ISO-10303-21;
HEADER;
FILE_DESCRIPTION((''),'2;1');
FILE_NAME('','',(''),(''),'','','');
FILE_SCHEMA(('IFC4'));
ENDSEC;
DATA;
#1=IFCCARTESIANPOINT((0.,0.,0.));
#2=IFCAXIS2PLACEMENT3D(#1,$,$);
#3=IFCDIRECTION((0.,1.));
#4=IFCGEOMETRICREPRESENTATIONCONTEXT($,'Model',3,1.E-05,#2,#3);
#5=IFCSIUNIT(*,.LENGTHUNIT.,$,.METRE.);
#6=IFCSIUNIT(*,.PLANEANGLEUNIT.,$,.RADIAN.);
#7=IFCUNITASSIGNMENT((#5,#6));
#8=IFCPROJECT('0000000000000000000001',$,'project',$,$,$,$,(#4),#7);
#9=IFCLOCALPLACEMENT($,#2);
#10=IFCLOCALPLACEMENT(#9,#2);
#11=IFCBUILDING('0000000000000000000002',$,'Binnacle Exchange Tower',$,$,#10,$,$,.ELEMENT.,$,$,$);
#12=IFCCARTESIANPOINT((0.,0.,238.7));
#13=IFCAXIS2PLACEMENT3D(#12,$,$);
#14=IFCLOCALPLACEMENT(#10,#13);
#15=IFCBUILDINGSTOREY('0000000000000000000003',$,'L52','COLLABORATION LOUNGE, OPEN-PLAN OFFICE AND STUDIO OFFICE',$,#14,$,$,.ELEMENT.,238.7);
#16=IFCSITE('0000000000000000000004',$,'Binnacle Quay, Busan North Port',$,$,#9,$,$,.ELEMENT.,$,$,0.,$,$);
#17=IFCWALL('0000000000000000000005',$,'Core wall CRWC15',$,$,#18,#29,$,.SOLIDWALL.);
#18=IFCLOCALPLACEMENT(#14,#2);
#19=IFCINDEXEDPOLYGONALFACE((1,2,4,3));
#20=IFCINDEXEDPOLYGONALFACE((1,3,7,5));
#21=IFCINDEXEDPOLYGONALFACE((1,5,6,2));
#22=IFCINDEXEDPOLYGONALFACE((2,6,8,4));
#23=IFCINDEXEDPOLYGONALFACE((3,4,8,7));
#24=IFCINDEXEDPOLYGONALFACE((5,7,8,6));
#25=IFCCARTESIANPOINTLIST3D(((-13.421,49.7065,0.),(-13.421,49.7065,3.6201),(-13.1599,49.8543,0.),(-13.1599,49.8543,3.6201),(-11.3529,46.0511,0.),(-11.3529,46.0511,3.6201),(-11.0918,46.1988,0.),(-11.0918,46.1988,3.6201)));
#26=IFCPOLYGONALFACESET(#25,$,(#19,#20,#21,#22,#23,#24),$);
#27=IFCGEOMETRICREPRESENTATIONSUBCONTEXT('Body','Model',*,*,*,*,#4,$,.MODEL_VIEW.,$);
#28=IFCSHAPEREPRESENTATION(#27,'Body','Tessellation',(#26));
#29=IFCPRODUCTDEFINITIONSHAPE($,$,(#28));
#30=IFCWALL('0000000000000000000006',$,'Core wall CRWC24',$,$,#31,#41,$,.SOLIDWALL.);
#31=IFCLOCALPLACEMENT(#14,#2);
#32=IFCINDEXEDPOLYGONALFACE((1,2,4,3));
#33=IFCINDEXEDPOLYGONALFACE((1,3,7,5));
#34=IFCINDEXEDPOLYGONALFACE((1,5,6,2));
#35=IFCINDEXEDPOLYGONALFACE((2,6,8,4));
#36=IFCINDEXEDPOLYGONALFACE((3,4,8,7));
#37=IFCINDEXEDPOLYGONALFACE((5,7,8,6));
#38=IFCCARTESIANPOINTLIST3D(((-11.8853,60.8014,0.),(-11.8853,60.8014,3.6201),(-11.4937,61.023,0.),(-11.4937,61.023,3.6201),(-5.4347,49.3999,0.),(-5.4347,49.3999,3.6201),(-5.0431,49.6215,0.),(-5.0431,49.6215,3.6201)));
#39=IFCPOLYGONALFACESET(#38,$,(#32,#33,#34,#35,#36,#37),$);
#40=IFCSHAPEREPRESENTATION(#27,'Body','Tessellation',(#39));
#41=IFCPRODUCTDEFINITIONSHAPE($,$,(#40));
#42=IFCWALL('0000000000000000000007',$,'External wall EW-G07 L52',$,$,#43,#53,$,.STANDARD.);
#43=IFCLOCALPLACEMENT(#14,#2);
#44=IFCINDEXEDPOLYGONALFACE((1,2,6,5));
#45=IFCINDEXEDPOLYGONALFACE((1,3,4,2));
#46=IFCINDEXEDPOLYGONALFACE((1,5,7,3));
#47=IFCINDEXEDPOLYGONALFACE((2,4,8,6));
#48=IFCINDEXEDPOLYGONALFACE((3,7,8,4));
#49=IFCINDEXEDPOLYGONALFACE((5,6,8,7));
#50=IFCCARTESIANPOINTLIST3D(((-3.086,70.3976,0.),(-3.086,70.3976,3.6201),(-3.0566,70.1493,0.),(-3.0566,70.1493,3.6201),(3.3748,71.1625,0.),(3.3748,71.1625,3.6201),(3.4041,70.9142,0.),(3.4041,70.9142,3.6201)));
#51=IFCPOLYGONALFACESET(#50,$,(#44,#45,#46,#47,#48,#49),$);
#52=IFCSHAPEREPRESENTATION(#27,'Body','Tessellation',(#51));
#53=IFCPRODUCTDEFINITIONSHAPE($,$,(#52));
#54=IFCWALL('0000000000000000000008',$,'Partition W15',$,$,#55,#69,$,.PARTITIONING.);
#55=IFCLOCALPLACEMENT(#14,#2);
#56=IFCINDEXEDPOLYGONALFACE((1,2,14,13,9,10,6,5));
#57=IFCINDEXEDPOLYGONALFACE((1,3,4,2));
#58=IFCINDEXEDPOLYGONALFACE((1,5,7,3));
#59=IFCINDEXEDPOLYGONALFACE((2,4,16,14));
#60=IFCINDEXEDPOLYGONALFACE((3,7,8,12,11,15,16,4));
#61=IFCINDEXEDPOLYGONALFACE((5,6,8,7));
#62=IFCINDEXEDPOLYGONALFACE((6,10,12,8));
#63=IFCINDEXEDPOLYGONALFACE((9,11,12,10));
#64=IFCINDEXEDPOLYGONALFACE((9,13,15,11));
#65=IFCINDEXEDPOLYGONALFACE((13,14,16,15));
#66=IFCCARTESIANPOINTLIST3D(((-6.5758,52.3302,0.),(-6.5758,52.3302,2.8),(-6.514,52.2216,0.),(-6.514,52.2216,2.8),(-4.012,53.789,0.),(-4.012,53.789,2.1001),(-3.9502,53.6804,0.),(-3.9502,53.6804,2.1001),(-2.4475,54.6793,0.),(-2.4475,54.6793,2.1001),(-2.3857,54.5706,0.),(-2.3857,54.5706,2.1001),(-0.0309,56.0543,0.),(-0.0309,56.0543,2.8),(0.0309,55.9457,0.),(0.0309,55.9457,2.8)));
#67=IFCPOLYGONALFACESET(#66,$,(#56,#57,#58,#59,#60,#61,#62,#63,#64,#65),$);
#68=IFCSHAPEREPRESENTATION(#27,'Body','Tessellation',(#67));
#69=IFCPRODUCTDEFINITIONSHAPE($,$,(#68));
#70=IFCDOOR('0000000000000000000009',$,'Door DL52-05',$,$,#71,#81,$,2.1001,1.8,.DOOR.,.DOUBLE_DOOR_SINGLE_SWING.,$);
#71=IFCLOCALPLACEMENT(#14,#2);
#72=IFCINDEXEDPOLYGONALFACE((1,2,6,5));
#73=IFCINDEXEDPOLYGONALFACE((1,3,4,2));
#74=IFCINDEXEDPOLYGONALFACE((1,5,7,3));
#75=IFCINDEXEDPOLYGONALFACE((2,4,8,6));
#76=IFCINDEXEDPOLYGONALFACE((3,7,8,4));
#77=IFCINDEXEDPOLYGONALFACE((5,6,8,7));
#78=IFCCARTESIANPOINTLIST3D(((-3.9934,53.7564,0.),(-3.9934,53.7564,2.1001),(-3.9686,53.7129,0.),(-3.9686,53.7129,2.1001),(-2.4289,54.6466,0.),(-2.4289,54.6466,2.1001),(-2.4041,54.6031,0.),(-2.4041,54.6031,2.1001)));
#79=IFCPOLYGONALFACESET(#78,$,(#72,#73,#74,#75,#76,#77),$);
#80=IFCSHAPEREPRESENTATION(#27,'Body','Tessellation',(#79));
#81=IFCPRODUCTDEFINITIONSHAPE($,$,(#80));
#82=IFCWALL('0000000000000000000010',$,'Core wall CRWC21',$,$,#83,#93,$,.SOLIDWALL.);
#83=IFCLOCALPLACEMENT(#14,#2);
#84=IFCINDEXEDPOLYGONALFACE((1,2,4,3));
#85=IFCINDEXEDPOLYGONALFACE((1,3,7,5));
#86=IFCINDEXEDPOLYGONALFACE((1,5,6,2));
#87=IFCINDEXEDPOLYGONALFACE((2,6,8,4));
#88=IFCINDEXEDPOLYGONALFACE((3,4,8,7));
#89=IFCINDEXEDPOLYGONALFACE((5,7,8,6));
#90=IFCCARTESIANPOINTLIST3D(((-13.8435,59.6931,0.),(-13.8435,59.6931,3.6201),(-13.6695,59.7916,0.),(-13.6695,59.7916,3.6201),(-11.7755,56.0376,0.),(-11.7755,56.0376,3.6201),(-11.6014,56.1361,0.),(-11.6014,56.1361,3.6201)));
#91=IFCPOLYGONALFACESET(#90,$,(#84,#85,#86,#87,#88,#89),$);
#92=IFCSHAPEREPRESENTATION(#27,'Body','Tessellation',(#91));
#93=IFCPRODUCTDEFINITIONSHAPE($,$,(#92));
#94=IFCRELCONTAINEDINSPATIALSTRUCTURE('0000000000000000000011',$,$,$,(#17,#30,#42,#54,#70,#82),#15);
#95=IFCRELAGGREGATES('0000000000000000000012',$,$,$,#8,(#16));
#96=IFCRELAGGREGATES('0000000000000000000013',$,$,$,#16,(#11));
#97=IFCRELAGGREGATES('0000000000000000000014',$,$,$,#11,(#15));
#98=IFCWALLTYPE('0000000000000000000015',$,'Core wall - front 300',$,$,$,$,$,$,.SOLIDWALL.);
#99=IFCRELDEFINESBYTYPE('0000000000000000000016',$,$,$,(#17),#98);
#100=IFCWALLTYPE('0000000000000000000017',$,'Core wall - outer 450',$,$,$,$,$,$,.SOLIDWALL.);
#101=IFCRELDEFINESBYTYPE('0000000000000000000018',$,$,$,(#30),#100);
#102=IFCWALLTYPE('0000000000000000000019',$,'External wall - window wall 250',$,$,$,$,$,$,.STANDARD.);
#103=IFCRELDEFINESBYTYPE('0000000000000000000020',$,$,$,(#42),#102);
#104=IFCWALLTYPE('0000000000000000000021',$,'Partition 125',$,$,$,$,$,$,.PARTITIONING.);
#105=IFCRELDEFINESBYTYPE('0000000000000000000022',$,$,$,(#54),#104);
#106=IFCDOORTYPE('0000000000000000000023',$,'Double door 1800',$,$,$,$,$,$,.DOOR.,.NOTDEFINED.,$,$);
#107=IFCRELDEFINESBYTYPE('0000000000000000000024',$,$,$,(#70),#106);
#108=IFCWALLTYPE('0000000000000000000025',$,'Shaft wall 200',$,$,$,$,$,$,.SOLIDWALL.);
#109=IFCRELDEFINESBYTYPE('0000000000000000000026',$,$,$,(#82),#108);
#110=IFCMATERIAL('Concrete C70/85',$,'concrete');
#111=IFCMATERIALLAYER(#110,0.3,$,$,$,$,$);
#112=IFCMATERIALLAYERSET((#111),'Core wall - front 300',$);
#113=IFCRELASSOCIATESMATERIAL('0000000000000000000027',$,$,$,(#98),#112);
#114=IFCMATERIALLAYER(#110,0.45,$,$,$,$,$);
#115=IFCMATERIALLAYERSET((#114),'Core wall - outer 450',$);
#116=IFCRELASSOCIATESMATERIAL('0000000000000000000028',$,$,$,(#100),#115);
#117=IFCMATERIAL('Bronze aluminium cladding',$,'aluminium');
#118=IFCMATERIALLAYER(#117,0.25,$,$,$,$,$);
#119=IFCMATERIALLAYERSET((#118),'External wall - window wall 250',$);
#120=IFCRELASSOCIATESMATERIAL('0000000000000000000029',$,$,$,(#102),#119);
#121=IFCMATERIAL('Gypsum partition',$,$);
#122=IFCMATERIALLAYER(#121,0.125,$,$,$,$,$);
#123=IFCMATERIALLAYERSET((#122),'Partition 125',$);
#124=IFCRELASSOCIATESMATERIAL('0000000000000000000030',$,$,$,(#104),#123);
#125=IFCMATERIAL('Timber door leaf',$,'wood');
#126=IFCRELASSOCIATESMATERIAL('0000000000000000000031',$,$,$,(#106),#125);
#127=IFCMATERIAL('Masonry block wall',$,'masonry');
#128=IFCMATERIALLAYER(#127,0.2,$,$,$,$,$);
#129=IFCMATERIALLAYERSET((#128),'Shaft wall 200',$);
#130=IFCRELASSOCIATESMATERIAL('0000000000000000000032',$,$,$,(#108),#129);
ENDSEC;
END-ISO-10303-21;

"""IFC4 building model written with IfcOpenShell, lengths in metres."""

from ifc_helpers import new_model, si_unit, direction, frame, frame_2d, origin, place, context, subcontext, project, spatial, rectangle, extrude, material, layer, layer_set, type_object, element, fill, save


model = new_model("IFC4")

# Units and contexts
model_context = context("Model", 3, precision=1e-05, world=origin(), true_north=direction((0.0, 1.0)))
body_context = subcontext(model_context, "Body", "Model", "MODEL_VIEW")
ifc_project = project(units=[si_unit("LENGTHUNIT", "METRE"), si_unit("PLANEANGLEUNIT", "RADIAN")], contexts=[model_context])

# Site, building, storey
site_placement = place(None, origin())
site = spatial("IfcSite", under=ifc_project, at=site_placement, Name="Binnacle Quay, Busan North Port", CompositionType="ELEMENT", RefElevation=0.0)
building_placement = place(site_placement, origin())
building = spatial("IfcBuilding", under=site, at=building_placement, Name="Binnacle Exchange Tower", CompositionType="ELEMENT")
storey_placement = place(building_placement, frame((0.0, 0.0, 238.7)))
storey = spatial("IfcBuildingStorey", under=building, at=storey_placement, Name="L52", Description="COLLABORATION LOUNGE, OPEN-PLAN OFFICE AND STUDIO OFFICE", CompositionType="ELEMENT", Elevation=238.7)

# Shared definitions
ifc_material_1 = material(Name="Concrete C70/85", Category="concrete")
ifc_layer_1 = layer(ifc_material_1, 0.3)
ifc_layer_set_1 = layer_set([ifc_layer_1], Name="Core wall - front 300")
wall_type_1 = type_object("IfcWallType", Name="Core wall - front 300", PredefinedType="SOLIDWALL", material=ifc_layer_set_1)

# Walls
wall_1_placement = place(storey_placement, frame((-13.2905, 49.7805, 0.0), z_axis=(0.0, 0.0, 1.0), x_axis=(0.49241, -0.870364, 0.0)))
element("IfcWall", 1, at=wall_1_placement, inside=storey, type_object=wall_type_1, Name="Core wall CRWC15", PredefinedType="SOLIDWALL", context=body_context, shape_type="SweptSolid", body=[
    extrude(rectangle(XDim=4.2, YDim=0.3, at=frame_2d((2.1001, 0.0))), origin(), (0.0, 0.0, 1.0), 3.6201),
])
ifc_layer_2 = layer(ifc_material_1, 0.45)
ifc_layer_set_2 = layer_set([ifc_layer_2], Name="Core wall - outer 450")
wall_type_2 = type_object("IfcWallType", Name="Core wall - outer 450", PredefinedType="SOLIDWALL", material=ifc_layer_set_2)
wall_2_placement = place(storey_placement, frame((-11.6895, 60.9121, 0.0), z_axis=(0.0, 0.0, 1.0), x_axis=(0.492421, -0.870357, 0.0)))
element("IfcWall", 2, at=wall_2_placement, inside=storey, type_object=wall_type_2, Name="Core wall CRWC24", PredefinedType="SOLIDWALL", context=body_context, shape_type="SweptSolid", body=[
    extrude(rectangle(XDim=13.0999, YDim=0.45, at=frame_2d((6.5498, 0.0))), origin(), (0.0, 0.0, 1.0), 3.6201),
])
ifc_material_2 = material(Name="Bronze aluminium cladding", Category="aluminium")
ifc_layer_3 = layer(ifc_material_2, 0.25)
ifc_layer_set_3 = layer_set([ifc_layer_3], Name="External wall - window wall 250")
wall_type_3 = type_object("IfcWallType", Name="External wall - window wall 250", PredefinedType="STANDARD", material=ifc_layer_set_3)
wall_3_placement = place(storey_placement, frame((-3.0713, 70.2734, 0.0), z_axis=(0.0, 0.0, 1.0), x_axis=(0.993065, 0.117571, 0.0)))
element("IfcWall", 3, at=wall_3_placement, inside=storey, type_object=wall_type_3, Name="External wall EW-G07 L52", PredefinedType="STANDARD", context=body_context, shape_type="SweptSolid", body=[
    extrude(rectangle(XDim=6.5059, YDim=0.25, at=frame_2d((3.2529, 0.0))), origin(), (0.0, 0.0, 1.0), 3.6201),
])

# Wall, opening, door
ifc_material_3 = material(Name="Gypsum partition")
ifc_layer_4 = layer(ifc_material_3, 0.125)
ifc_layer_set_4 = layer_set([ifc_layer_4], Name="Partition 125")
wall_type_4 = type_object("IfcWallType", Name="Partition 125", PredefinedType="PARTITIONING", material=ifc_layer_set_4)
wall_4_placement = place(storey_placement, frame((-6.5449, 52.2759, 0.0), z_axis=(0.0, 0.0, 1.0), x_axis=(0.869147, 0.494553, 0.0)))
wall_4 = element("IfcWall", 4, at=wall_4_placement, inside=storey, type_object=wall_type_4, Name="Partition W15", PredefinedType="PARTITIONING", context=body_context, shape_type="SweptSolid", body=[
    extrude(rectangle(XDim=7.5303, YDim=0.125, at=frame_2d((3.7651, 0.0))), origin(), (0.0, 0.0, 1.0), 2.8),
])
opening_1_placement = place(wall_4_placement, frame((2.95, 0.0, 0.0)))
opening_1 = element("IfcOpeningElement", 5, at=opening_1_placement, cuts=wall_4, PredefinedType="OPENING", context=body_context, shape_type="SweptSolid", body=[
    extrude(rectangle(XDim=1.8, YDim=2.1001, at=frame_2d((0.8999, 1.05))), frame((0.0, 0.0725, 0.0), z_axis=(0.0, -1.0, 0.0), x_axis=(1.0, 0.0, 0.0)), (0.0, 0.0, 1.0), 0.145),
])
ifc_material_4 = material(Name="Timber door leaf", Category="wood")
door_type_1 = type_object("IfcDoorType", Name="Double door 1800", OperationType="NOTDEFINED", PredefinedType="DOOR", material=ifc_material_4)
door_1_placement = place(opening_1_placement, origin())
door_1 = element("IfcDoor", 6, at=door_1_placement, inside=storey, type_object=door_type_1, Name="Door DL52-05", OperationType="DOUBLE_DOOR_SINGLE_SWING", OverallHeight=2.1001, OverallWidth=1.8, PredefinedType="DOOR", context=body_context, shape_type="SweptSolid", body=[
    extrude(rectangle(XDim=1.8, YDim=2.1001, at=frame_2d((0.8999, 1.05))), frame((0.0, 0.0249, 0.0), z_axis=(0.0, -1.0, 0.0), x_axis=(1.0, 0.0, 0.0)), (0.0, 0.0, 1.0), 0.05),
])
fill(opening_1, door_1)

# Wall
ifc_material_5 = material(Name="Masonry block wall", Category="masonry")
ifc_layer_5 = layer(ifc_material_5, 0.2)
ifc_layer_set_5 = layer_set([ifc_layer_5], Name="Shaft wall 200")
wall_type_5 = type_object("IfcWallType", Name="Shaft wall 200", PredefinedType="SOLIDWALL", material=ifc_layer_set_5)
wall_5_placement = place(storey_placement, frame((-13.7566, 59.7424, 0.0), z_axis=(0.0, 0.0, 1.0), x_axis=(0.49241, -0.870364, 0.0)))
element("IfcWall", 7, at=wall_5_placement, inside=storey, type_object=wall_type_5, Name="Core wall CRWC21", PredefinedType="SOLIDWALL", context=body_context, shape_type="SweptSolid", body=[
    extrude(rectangle(XDim=4.2, YDim=0.2, at=frame_2d((2.1001, 0.0))), origin(), (0.0, 0.0, 1.0), 3.6201),
])

save(model, "model.ifc")
